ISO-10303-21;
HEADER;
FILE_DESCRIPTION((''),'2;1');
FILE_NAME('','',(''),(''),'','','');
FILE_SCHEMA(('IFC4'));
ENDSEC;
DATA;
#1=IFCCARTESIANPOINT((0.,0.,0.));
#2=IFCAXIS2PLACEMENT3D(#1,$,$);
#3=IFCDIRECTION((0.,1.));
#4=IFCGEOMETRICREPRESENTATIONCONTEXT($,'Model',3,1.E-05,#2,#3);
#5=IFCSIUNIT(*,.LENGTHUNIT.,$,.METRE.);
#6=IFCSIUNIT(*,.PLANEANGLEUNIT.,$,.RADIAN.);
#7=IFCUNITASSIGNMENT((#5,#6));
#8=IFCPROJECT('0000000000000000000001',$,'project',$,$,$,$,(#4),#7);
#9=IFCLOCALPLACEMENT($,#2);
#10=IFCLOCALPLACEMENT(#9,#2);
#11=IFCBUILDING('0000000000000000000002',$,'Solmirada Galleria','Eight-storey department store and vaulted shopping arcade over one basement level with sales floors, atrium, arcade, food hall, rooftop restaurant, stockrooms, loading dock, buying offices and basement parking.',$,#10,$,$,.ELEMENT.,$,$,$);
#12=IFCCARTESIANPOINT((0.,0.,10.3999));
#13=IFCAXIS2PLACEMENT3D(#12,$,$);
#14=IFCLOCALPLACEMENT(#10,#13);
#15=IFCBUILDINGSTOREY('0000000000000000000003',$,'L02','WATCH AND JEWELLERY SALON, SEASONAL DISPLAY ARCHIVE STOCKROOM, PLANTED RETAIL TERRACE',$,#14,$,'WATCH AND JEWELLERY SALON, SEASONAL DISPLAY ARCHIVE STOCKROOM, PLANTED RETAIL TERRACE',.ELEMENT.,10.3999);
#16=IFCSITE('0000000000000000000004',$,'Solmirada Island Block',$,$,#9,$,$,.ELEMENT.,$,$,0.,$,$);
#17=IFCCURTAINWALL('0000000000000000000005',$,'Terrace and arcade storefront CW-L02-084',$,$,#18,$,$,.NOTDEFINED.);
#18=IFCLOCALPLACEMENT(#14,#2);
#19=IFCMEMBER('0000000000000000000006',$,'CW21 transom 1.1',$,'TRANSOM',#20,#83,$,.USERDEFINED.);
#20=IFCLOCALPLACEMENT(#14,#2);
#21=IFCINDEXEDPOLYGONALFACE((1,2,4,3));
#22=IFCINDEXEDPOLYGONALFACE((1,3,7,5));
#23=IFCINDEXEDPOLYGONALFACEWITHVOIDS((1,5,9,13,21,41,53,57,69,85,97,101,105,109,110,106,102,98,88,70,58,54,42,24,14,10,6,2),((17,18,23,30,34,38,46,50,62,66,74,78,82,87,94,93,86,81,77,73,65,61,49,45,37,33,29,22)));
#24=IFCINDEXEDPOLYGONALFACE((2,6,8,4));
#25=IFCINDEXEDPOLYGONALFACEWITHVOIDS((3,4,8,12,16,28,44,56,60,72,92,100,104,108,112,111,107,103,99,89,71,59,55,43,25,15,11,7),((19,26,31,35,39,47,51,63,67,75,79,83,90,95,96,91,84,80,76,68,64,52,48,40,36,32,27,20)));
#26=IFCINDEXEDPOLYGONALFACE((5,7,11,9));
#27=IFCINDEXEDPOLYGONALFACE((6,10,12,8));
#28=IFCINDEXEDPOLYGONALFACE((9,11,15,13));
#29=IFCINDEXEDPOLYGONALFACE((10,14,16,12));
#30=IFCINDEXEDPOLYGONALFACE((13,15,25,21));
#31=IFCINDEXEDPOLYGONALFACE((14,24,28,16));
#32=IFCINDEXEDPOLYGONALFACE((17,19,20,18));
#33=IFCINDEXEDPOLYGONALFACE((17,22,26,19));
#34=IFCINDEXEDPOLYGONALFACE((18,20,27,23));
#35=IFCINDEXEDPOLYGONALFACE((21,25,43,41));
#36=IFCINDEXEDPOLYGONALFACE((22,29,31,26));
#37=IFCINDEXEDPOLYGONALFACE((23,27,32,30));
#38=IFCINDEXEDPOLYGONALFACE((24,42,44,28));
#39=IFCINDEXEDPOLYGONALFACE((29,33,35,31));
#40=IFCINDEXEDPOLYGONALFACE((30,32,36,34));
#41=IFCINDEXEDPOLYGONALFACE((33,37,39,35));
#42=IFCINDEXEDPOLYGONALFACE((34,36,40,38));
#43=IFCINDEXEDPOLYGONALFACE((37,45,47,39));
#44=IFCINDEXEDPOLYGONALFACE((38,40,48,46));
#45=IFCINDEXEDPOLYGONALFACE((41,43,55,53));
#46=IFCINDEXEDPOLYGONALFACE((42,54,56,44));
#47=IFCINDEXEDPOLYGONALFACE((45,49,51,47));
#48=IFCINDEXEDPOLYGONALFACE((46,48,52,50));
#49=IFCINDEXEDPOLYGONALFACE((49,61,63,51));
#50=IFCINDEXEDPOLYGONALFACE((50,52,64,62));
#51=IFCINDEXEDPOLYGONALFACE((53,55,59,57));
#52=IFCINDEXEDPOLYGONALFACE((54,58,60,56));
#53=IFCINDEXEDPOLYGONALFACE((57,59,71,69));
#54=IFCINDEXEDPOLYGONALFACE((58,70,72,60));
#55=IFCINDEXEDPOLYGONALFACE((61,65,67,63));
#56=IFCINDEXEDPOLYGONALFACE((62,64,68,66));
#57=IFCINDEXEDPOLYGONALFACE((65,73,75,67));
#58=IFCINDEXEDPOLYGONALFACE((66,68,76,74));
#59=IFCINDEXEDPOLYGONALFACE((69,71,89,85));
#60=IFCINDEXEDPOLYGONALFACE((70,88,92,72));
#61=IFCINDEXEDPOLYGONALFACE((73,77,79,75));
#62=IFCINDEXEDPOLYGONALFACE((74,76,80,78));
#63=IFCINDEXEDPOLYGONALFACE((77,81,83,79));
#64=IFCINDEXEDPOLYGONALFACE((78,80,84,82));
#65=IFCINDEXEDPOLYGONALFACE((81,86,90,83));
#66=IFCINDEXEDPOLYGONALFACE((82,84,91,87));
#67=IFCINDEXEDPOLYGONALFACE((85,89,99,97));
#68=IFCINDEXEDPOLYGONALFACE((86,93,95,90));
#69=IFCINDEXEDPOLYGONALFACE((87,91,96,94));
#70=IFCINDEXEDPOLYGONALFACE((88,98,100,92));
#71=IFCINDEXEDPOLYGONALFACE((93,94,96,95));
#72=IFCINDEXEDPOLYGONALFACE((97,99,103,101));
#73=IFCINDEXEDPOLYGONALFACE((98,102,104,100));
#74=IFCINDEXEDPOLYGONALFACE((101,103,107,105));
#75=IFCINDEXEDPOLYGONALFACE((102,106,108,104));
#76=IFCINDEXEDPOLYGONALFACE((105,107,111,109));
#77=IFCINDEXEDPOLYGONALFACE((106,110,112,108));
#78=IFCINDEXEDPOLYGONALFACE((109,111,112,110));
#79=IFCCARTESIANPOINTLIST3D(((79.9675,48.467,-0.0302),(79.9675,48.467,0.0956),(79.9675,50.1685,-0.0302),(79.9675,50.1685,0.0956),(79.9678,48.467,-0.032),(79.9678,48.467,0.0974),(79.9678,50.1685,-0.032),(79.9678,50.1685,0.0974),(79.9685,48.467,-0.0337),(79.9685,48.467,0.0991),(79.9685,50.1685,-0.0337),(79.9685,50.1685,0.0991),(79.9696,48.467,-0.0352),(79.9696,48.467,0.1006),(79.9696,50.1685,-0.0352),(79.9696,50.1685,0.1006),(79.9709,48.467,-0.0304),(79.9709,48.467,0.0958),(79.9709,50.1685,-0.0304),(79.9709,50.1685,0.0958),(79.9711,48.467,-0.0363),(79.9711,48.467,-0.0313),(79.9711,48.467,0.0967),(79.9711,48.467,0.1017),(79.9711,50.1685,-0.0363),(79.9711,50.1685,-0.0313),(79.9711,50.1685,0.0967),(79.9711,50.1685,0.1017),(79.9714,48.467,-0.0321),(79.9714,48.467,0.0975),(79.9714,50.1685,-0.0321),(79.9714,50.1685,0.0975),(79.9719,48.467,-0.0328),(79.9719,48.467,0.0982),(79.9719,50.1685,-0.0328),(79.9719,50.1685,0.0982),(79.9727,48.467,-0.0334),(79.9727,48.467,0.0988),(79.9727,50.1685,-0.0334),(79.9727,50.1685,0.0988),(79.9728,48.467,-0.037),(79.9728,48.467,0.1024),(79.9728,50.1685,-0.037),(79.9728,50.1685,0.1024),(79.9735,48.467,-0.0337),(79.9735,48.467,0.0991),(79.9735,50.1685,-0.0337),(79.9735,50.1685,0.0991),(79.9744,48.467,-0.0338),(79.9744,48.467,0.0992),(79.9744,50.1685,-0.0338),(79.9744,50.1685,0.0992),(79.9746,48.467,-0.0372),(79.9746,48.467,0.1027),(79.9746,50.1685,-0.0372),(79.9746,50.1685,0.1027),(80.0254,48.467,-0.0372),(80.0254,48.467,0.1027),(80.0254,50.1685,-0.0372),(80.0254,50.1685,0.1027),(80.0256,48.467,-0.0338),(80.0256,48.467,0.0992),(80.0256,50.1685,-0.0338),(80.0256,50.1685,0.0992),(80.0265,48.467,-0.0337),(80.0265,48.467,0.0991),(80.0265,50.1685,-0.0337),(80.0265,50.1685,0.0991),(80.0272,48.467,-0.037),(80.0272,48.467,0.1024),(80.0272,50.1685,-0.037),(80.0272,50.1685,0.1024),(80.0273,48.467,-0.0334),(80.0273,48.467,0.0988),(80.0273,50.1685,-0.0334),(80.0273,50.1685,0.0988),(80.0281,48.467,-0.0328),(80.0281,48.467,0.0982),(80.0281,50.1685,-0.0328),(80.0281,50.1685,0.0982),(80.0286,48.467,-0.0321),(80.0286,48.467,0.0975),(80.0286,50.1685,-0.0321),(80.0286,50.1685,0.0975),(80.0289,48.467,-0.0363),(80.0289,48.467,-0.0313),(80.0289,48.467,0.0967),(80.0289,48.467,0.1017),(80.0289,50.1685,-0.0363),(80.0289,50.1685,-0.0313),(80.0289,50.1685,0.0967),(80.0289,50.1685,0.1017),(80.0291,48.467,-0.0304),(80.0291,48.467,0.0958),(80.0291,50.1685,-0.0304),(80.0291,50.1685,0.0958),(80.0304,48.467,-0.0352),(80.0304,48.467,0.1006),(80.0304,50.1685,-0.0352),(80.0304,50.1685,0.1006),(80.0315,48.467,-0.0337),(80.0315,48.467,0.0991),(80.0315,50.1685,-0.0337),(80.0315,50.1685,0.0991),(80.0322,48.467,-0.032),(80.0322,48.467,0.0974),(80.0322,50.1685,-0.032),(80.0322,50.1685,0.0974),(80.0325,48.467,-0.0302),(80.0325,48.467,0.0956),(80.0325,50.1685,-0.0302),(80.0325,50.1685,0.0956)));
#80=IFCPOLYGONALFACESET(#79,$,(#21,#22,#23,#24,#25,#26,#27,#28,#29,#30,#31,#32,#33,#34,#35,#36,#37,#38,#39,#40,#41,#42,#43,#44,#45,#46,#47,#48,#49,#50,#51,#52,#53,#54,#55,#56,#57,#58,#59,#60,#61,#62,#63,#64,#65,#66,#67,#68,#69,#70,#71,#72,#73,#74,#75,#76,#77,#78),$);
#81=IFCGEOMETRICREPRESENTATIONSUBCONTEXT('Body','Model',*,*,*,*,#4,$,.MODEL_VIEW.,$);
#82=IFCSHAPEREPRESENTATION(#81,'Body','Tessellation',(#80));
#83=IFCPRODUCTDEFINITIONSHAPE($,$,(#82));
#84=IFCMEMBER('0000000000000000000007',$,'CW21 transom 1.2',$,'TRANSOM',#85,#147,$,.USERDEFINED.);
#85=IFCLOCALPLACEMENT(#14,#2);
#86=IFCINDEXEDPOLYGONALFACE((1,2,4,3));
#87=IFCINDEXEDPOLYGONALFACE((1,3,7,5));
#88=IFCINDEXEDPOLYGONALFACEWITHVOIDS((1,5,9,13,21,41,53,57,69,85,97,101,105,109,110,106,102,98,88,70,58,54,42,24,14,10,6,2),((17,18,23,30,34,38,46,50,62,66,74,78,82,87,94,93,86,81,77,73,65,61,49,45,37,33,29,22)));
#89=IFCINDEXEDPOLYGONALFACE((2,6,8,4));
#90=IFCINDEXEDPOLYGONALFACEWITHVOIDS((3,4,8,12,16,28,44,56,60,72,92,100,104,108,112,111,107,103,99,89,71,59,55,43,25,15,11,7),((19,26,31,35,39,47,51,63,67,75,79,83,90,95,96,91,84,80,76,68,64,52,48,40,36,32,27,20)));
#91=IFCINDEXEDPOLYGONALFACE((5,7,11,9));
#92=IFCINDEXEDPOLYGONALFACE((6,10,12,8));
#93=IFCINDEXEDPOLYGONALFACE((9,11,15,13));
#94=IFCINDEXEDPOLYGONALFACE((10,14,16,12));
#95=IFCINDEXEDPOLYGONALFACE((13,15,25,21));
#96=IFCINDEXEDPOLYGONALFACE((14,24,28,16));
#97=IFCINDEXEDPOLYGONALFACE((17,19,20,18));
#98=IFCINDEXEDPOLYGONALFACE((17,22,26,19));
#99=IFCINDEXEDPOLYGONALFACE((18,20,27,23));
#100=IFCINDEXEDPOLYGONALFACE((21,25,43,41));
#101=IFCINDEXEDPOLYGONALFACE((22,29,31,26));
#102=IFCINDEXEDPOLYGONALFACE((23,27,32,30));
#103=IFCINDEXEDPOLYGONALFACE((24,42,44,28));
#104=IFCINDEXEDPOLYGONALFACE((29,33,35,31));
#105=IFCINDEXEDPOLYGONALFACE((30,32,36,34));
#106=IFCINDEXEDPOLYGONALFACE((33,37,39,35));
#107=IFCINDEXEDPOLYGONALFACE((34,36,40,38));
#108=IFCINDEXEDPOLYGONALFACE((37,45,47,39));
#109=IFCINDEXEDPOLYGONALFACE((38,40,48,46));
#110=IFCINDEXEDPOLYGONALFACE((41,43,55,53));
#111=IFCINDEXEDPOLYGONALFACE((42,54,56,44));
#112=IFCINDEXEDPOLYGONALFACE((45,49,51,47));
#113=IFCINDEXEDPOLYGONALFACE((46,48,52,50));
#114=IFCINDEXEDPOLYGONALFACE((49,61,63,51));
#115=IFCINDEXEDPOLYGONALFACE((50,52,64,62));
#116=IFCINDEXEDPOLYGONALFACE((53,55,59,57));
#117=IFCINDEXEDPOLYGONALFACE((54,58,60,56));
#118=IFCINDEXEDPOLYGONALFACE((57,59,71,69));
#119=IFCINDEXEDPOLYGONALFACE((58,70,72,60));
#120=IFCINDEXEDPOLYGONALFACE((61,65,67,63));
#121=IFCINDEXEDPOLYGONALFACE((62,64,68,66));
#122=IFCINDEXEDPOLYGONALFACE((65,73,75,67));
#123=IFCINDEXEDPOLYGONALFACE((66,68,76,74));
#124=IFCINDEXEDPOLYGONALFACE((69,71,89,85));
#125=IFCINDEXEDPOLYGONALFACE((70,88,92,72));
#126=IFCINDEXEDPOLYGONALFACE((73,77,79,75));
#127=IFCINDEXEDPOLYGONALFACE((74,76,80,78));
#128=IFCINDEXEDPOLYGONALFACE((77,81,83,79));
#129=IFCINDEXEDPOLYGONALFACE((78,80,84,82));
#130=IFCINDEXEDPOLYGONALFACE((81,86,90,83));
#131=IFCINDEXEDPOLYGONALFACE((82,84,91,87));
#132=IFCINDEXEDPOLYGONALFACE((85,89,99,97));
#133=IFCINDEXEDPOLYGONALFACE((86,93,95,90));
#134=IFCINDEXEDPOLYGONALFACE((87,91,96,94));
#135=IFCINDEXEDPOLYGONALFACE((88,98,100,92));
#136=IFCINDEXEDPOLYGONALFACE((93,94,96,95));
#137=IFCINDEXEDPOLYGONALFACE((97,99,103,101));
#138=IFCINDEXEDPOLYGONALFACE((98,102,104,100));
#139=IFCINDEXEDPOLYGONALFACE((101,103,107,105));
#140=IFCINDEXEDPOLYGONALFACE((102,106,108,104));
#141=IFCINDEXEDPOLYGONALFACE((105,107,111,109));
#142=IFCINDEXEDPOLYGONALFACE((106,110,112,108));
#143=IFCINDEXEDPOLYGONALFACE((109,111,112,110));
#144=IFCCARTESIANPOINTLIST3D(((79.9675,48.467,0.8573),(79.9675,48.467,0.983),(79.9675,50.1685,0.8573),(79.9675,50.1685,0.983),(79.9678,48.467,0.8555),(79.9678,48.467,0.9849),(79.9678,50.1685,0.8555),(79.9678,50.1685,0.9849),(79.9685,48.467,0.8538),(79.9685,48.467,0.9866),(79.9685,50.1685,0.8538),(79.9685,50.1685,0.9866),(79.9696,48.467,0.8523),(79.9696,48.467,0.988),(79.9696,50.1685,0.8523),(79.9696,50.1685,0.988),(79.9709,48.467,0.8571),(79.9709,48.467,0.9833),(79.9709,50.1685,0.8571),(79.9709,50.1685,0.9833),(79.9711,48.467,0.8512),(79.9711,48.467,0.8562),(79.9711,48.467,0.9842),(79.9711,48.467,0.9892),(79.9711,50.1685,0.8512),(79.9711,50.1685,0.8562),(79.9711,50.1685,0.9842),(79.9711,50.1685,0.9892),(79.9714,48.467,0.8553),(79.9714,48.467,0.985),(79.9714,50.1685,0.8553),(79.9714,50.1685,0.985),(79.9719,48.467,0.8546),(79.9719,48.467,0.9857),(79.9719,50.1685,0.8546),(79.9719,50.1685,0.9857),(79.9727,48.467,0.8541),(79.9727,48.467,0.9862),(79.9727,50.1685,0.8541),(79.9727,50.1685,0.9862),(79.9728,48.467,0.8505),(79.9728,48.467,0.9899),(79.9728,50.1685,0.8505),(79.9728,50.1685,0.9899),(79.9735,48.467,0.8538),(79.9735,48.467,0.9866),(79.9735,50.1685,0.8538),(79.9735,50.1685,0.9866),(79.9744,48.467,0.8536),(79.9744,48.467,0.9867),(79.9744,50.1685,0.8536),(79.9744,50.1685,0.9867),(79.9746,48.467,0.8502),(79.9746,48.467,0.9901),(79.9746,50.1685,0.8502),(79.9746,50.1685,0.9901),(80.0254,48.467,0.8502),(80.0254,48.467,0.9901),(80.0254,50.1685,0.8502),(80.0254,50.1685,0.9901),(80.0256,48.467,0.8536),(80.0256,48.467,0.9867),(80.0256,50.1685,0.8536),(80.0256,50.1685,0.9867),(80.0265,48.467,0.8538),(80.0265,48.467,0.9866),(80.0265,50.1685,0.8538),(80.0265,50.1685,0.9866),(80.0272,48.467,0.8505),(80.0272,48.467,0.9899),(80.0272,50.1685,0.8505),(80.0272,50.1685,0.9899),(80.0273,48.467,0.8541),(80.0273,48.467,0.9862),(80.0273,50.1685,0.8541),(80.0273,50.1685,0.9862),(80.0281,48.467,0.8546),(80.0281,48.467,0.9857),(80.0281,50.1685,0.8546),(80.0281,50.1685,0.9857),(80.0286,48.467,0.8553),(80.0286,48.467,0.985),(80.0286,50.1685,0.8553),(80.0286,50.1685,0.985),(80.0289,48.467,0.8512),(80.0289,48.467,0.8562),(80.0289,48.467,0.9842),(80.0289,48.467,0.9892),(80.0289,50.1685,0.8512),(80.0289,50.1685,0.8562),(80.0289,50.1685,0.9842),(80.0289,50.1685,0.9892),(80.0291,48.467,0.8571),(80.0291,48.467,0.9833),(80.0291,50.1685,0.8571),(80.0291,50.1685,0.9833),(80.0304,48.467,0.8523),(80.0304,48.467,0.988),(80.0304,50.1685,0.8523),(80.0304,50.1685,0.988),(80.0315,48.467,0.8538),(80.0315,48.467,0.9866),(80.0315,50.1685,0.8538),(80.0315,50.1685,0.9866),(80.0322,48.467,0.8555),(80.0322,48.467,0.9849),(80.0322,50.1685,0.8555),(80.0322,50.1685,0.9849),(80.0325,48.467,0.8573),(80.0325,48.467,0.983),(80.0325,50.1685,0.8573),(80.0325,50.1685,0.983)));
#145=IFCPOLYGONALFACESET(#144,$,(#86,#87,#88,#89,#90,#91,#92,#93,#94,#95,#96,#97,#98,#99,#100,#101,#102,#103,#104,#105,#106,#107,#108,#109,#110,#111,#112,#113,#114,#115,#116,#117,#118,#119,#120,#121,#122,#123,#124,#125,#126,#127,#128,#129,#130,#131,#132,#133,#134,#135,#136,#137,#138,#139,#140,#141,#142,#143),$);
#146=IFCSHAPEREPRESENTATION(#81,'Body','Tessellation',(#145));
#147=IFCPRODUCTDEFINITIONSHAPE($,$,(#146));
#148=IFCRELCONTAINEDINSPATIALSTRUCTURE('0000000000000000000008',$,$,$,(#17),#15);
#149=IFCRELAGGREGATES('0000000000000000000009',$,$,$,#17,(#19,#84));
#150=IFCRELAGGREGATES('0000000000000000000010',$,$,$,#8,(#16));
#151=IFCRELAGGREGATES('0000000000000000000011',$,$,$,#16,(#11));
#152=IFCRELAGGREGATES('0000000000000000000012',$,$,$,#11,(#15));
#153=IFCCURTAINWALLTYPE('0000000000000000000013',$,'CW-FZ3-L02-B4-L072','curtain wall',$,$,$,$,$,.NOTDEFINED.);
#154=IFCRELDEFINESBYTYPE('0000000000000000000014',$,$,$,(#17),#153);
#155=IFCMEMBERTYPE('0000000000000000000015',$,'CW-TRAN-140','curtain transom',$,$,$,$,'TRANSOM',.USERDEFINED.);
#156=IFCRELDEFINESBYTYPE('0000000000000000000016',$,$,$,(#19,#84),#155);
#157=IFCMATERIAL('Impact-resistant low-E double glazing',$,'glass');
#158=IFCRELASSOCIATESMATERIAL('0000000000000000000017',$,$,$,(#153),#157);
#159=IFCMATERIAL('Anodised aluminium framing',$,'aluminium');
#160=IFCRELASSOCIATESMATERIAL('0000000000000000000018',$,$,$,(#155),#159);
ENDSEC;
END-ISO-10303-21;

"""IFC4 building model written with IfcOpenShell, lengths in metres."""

from ifc_helpers import new_model, si_unit, direction, frame, origin, origin_2d, place, context, subcontext, project, spatial, hollow_rectangle, extrude, material, material_profile, profile_set, type_object, element, aggregate, save


model = new_model("IFC4")

# Units and contexts
model_context = context("Model", 3, precision=1e-05, world=origin(), true_north=direction((0.0, 1.0)))
body_context = subcontext(model_context, "Body", "Model", "MODEL_VIEW")
ifc_project = project(units=[si_unit("LENGTHUNIT", "METRE"), si_unit("PLANEANGLEUNIT", "RADIAN")], contexts=[model_context])

# Site, building, storey
site_placement = place(None, origin())
site = spatial("IfcSite", under=ifc_project, at=site_placement, Name="Solmirada Island Block", CompositionType="ELEMENT", RefElevation=0.0)
building_placement = place(site_placement, origin())
building = spatial("IfcBuilding", under=site, at=building_placement, Name="Solmirada Galleria", Description="Eight-storey department store and vaulted shopping arcade over one basement level with sales floors, atrium, arcade, food hall, rooftop restaurant, stockrooms, loading dock, buying offices and basement parking.", CompositionType="ELEMENT")
storey_placement = place(building_placement, frame((0.0, 0.0, 10.3999)))
storey = spatial("IfcBuildingStorey", under=building, at=storey_placement, Name="L02", Description="WATCH AND JEWELLERY SALON, SEASONAL DISPLAY ARCHIVE STOCKROOM, PLANTED RETAIL TERRACE", LongName="WATCH AND JEWELLERY SALON, SEASONAL DISPLAY ARCHIVE STOCKROOM, PLANTED RETAIL TERRACE", CompositionType="ELEMENT", Elevation=10.3999)

# Curtain wall, members
ifc_material_1 = material(Name="Impact-resistant low-E double glazing", Category="glass")
curtain_wall_type = type_object("IfcCurtainWallType", Name="CW-FZ3-L02-B4-L072", Description="curtain wall", PredefinedType="NOTDEFINED", material=ifc_material_1)
curtain_wall_placement = place(storey_placement, origin())
curtain_wall = element("IfcCurtainWall", 1, at=curtain_wall_placement, inside=storey, type_object=curtain_wall_type, Name="Terrace and arcade storefront CW-L02-084", PredefinedType="NOTDEFINED")
ifc_material_2 = material(Name="Anodised aluminium framing", Category="aluminium")
ifc_material_profile_1 = material_profile(ifc_material_2, hollow_rectangle(XDim=0.0649, YDim=0.1399, WallThickness=0.0034, InnerFilletRadius=0.0034, OuterFilletRadius=0.0071, at=origin_2d()), Name="ALU-TRAN-140X65")
ifc_profile_set_1 = profile_set([ifc_material_profile_1], Name="Anodised aluminium framing")
member_type_1 = type_object("IfcMemberType", Name="CW-TRAN-140", Description="curtain transom", ElementType="TRANSOM", PredefinedType="USERDEFINED", material=ifc_profile_set_1)
member_1_placement = place(storey_placement, frame((80.0, 48.467, 0.0327), z_axis=(0.0, 1.0, 0.0), x_axis=(-1.0, 0.0, 0.0)))
member_1 = element("IfcMember", 2, at=member_1_placement, type_object=member_type_1, Name="CW21 transom 1.1", ObjectType="TRANSOM", PredefinedType="USERDEFINED", context=body_context, shape_type="SweptSolid", body=[
    extrude(hollow_rectangle(XDim=0.0649, YDim=0.1399, WallThickness=0.0034, InnerFilletRadius=0.0034, OuterFilletRadius=0.0071, at=origin_2d()), origin(), (0.0, 0.0, 1.0), 1.7014),
])
member_2_placement = place(storey_placement, frame((80.0, 48.467, 0.9202), z_axis=(0.0, 1.0, 0.0), x_axis=(-1.0, 0.0, 0.0)))
member_2 = element("IfcMember", 3, at=member_2_placement, type_object=member_type_1, Name="CW21 transom 1.2", ObjectType="TRANSOM", PredefinedType="USERDEFINED", context=body_context, shape_type="SweptSolid", body=[
    extrude(hollow_rectangle(XDim=0.0649, YDim=0.1399, WallThickness=0.0034, InnerFilletRadius=0.0034, OuterFilletRadius=0.0071, at=origin_2d()), origin(), (0.0, 0.0, 1.0), 1.7014),
])
aggregate(curtain_wall, [member_1, member_2])

save(model, "model.ifc")
